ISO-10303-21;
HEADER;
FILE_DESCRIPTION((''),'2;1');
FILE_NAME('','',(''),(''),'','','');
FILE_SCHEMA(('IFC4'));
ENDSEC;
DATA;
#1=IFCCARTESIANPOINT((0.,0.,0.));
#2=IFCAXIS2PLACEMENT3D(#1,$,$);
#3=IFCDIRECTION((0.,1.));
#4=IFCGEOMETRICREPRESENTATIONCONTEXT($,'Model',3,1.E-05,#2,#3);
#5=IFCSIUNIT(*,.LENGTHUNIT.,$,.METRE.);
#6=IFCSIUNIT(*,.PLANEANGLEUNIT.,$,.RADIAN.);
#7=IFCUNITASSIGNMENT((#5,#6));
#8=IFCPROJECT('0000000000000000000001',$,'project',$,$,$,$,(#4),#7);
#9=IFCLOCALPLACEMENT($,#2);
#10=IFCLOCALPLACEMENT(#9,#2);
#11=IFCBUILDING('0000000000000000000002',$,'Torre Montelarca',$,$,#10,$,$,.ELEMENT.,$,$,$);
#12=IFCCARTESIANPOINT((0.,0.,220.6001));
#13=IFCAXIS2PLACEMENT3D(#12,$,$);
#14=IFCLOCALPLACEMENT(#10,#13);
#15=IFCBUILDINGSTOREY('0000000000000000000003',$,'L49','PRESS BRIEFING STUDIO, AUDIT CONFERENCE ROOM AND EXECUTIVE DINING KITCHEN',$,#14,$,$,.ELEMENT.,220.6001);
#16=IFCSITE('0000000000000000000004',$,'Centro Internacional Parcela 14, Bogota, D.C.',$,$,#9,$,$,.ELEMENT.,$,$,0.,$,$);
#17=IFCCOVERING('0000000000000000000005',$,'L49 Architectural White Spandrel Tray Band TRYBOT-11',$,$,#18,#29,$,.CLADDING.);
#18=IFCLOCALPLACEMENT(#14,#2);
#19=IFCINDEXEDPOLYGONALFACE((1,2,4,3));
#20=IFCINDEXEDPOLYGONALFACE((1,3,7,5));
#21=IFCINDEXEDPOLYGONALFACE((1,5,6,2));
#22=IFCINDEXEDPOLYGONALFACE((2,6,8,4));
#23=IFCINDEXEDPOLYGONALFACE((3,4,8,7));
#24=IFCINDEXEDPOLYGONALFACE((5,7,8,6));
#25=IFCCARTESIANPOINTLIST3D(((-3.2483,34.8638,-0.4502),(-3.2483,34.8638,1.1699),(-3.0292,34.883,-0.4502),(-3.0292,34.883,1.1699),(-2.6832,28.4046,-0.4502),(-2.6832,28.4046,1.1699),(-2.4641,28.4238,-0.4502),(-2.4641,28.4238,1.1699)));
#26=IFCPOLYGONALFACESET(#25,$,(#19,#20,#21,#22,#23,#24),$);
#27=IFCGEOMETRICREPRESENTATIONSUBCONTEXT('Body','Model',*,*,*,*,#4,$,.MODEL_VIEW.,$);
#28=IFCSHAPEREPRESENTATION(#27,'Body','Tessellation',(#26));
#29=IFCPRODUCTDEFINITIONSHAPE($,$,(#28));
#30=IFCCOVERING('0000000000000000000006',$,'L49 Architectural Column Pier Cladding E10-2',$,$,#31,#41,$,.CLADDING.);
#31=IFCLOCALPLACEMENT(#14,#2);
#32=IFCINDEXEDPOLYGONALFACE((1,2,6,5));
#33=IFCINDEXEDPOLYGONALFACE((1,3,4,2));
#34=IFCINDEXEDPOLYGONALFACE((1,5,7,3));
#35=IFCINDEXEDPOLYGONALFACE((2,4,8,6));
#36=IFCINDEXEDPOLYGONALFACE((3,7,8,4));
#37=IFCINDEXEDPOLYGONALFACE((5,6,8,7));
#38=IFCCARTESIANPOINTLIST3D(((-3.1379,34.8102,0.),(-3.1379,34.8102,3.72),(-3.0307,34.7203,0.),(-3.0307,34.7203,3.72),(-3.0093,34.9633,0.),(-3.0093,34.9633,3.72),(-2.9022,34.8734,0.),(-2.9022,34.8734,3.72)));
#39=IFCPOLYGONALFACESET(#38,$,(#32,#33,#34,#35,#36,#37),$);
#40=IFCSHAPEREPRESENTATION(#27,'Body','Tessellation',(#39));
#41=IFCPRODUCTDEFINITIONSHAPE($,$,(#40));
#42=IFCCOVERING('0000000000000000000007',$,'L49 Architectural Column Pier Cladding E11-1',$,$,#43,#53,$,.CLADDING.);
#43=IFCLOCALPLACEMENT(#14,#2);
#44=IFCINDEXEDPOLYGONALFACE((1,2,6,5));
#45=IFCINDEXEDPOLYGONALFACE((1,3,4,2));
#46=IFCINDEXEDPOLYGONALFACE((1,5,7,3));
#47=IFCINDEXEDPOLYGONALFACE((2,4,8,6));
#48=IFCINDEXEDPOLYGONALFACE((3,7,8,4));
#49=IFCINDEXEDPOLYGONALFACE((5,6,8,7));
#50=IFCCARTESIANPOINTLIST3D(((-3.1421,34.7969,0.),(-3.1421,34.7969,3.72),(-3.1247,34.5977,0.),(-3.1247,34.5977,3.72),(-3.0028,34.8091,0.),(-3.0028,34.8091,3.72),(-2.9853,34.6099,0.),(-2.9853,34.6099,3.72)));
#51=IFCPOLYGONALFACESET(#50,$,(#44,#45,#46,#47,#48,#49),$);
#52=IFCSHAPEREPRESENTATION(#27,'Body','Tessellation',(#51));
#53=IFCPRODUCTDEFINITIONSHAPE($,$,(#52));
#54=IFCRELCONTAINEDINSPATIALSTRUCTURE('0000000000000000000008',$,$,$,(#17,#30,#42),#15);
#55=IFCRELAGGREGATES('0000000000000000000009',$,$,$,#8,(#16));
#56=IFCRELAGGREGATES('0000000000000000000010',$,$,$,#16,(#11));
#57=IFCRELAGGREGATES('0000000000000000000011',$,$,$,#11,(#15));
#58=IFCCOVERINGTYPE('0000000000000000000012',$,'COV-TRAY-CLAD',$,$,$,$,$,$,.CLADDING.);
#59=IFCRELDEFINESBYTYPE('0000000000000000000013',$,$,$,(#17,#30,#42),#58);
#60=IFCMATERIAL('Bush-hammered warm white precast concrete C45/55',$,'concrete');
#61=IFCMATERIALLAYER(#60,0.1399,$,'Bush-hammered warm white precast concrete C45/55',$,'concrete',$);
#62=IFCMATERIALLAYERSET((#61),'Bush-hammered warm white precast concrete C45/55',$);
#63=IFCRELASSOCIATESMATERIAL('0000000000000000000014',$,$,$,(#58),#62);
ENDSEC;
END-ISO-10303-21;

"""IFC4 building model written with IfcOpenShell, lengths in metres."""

from ifc_helpers import new_model, si_unit, direction, frame, origin, origin_2d, place, context, subcontext, project, spatial, rectangle, extrude, source, transform, mapped, material, layer, layer_set, type_object, element, save


model = new_model("IFC4")

# Units and contexts
model_context = context("Model", 3, precision=1e-05, world=origin(), true_north=direction((0.0, 1.0)))
body_context = subcontext(model_context, "Body", "Model", "MODEL_VIEW")
ifc_project = project(units=[si_unit("LENGTHUNIT", "METRE"), si_unit("PLANEANGLEUNIT", "RADIAN")], contexts=[model_context])

# Site, building, storey
site_placement = place(None, origin())
site = spatial("IfcSite", under=ifc_project, at=site_placement, Name="Centro Internacional Parcela 14, Bogota, D.C.", CompositionType="ELEMENT", RefElevation=0.0)
building_placement = place(site_placement, origin())
building = spatial("IfcBuilding", under=site, at=building_placement, Name="Torre Montelarca", CompositionType="ELEMENT")
storey_placement = place(building_placement, frame((0.0, 0.0, 220.6001)))
storey = spatial("IfcBuildingStorey", under=building, at=storey_placement, Name="L49", Description="PRESS BRIEFING STUDIO, AUDIT CONFERENCE ROOM AND EXECUTIVE DINING KITCHEN", CompositionType="ELEMENT", Elevation=220.6001)

# Coverings
ifc_material_1 = material(Name="Bush-hammered warm white precast concrete C45/55", Category="concrete")
ifc_layer_1 = layer(ifc_material_1, 0.1399, Name="Bush-hammered warm white precast concrete C45/55", Category="concrete")
ifc_layer_set_1 = layer_set([ifc_layer_1], Name="Bush-hammered warm white precast concrete C45/55")
covering_type = type_object("IfcCoveringType", Name="COV-TRAY-CLAD", PredefinedType="CLADDING", material=ifc_layer_set_1)
shared_shape_1 = source(origin(), body_context, "Body", "SweptSolid", [
    extrude(rectangle(XDim=6.4839, YDim=0.22, at=origin_2d()), origin(), (0.0, 0.0, 1.0), 1.6201),
])
covering_placement = place(storey_placement, frame((-2.8562, 31.6438, -0.4502), z_axis=(0.0, 0.0, 1.0), x_axis=(0.087147, -0.996195, 0.0)))
element("IfcCovering", 1, at=covering_placement, inside=storey, type_object=covering_type, Name="L49 Architectural White Spandrel Tray Band TRYBOT-11", PredefinedType="CLADDING", context=body_context, shape_type="MappedRepresentation", body=[
    mapped(shared_shape_1, transform((0.0, 0.0, 0.0), scale=1.0)),
])
shared_shape_2 = source(origin(), body_context, "Body", "SweptSolid", [
    extrude(rectangle(XDim=0.2, YDim=0.1399, at=origin_2d()), origin(), (0.0, 0.0, 1.0), 3.72),
])
for number, where, z_axis, x_axis, name in (
    (2, (-3.02, 34.8418, 0.0), (0.0, 0.0, 1.0), (-0.642789, -0.766043, 0.0), "L49 Architectural Column Pier Cladding E10-2"),
    (3, (-3.0637, 34.7034, 0.0), (0.0, 0.0, 1.0), (0.087161, -0.996194, 0.0), "L49 Architectural Column Pier Cladding E11-1"),
):
    element("IfcCovering", number, at=place(storey_placement, frame(where, z_axis=z_axis, x_axis=x_axis)), inside=storey, type_object=covering_type, Name=name, PredefinedType="CLADDING", context=body_context, shape_type="MappedRepresentation", body=[
        mapped(shared_shape_2, transform((0.0, 0.0, 0.0), scale=1.0)),
    ])

save(model, "model.ifc")
